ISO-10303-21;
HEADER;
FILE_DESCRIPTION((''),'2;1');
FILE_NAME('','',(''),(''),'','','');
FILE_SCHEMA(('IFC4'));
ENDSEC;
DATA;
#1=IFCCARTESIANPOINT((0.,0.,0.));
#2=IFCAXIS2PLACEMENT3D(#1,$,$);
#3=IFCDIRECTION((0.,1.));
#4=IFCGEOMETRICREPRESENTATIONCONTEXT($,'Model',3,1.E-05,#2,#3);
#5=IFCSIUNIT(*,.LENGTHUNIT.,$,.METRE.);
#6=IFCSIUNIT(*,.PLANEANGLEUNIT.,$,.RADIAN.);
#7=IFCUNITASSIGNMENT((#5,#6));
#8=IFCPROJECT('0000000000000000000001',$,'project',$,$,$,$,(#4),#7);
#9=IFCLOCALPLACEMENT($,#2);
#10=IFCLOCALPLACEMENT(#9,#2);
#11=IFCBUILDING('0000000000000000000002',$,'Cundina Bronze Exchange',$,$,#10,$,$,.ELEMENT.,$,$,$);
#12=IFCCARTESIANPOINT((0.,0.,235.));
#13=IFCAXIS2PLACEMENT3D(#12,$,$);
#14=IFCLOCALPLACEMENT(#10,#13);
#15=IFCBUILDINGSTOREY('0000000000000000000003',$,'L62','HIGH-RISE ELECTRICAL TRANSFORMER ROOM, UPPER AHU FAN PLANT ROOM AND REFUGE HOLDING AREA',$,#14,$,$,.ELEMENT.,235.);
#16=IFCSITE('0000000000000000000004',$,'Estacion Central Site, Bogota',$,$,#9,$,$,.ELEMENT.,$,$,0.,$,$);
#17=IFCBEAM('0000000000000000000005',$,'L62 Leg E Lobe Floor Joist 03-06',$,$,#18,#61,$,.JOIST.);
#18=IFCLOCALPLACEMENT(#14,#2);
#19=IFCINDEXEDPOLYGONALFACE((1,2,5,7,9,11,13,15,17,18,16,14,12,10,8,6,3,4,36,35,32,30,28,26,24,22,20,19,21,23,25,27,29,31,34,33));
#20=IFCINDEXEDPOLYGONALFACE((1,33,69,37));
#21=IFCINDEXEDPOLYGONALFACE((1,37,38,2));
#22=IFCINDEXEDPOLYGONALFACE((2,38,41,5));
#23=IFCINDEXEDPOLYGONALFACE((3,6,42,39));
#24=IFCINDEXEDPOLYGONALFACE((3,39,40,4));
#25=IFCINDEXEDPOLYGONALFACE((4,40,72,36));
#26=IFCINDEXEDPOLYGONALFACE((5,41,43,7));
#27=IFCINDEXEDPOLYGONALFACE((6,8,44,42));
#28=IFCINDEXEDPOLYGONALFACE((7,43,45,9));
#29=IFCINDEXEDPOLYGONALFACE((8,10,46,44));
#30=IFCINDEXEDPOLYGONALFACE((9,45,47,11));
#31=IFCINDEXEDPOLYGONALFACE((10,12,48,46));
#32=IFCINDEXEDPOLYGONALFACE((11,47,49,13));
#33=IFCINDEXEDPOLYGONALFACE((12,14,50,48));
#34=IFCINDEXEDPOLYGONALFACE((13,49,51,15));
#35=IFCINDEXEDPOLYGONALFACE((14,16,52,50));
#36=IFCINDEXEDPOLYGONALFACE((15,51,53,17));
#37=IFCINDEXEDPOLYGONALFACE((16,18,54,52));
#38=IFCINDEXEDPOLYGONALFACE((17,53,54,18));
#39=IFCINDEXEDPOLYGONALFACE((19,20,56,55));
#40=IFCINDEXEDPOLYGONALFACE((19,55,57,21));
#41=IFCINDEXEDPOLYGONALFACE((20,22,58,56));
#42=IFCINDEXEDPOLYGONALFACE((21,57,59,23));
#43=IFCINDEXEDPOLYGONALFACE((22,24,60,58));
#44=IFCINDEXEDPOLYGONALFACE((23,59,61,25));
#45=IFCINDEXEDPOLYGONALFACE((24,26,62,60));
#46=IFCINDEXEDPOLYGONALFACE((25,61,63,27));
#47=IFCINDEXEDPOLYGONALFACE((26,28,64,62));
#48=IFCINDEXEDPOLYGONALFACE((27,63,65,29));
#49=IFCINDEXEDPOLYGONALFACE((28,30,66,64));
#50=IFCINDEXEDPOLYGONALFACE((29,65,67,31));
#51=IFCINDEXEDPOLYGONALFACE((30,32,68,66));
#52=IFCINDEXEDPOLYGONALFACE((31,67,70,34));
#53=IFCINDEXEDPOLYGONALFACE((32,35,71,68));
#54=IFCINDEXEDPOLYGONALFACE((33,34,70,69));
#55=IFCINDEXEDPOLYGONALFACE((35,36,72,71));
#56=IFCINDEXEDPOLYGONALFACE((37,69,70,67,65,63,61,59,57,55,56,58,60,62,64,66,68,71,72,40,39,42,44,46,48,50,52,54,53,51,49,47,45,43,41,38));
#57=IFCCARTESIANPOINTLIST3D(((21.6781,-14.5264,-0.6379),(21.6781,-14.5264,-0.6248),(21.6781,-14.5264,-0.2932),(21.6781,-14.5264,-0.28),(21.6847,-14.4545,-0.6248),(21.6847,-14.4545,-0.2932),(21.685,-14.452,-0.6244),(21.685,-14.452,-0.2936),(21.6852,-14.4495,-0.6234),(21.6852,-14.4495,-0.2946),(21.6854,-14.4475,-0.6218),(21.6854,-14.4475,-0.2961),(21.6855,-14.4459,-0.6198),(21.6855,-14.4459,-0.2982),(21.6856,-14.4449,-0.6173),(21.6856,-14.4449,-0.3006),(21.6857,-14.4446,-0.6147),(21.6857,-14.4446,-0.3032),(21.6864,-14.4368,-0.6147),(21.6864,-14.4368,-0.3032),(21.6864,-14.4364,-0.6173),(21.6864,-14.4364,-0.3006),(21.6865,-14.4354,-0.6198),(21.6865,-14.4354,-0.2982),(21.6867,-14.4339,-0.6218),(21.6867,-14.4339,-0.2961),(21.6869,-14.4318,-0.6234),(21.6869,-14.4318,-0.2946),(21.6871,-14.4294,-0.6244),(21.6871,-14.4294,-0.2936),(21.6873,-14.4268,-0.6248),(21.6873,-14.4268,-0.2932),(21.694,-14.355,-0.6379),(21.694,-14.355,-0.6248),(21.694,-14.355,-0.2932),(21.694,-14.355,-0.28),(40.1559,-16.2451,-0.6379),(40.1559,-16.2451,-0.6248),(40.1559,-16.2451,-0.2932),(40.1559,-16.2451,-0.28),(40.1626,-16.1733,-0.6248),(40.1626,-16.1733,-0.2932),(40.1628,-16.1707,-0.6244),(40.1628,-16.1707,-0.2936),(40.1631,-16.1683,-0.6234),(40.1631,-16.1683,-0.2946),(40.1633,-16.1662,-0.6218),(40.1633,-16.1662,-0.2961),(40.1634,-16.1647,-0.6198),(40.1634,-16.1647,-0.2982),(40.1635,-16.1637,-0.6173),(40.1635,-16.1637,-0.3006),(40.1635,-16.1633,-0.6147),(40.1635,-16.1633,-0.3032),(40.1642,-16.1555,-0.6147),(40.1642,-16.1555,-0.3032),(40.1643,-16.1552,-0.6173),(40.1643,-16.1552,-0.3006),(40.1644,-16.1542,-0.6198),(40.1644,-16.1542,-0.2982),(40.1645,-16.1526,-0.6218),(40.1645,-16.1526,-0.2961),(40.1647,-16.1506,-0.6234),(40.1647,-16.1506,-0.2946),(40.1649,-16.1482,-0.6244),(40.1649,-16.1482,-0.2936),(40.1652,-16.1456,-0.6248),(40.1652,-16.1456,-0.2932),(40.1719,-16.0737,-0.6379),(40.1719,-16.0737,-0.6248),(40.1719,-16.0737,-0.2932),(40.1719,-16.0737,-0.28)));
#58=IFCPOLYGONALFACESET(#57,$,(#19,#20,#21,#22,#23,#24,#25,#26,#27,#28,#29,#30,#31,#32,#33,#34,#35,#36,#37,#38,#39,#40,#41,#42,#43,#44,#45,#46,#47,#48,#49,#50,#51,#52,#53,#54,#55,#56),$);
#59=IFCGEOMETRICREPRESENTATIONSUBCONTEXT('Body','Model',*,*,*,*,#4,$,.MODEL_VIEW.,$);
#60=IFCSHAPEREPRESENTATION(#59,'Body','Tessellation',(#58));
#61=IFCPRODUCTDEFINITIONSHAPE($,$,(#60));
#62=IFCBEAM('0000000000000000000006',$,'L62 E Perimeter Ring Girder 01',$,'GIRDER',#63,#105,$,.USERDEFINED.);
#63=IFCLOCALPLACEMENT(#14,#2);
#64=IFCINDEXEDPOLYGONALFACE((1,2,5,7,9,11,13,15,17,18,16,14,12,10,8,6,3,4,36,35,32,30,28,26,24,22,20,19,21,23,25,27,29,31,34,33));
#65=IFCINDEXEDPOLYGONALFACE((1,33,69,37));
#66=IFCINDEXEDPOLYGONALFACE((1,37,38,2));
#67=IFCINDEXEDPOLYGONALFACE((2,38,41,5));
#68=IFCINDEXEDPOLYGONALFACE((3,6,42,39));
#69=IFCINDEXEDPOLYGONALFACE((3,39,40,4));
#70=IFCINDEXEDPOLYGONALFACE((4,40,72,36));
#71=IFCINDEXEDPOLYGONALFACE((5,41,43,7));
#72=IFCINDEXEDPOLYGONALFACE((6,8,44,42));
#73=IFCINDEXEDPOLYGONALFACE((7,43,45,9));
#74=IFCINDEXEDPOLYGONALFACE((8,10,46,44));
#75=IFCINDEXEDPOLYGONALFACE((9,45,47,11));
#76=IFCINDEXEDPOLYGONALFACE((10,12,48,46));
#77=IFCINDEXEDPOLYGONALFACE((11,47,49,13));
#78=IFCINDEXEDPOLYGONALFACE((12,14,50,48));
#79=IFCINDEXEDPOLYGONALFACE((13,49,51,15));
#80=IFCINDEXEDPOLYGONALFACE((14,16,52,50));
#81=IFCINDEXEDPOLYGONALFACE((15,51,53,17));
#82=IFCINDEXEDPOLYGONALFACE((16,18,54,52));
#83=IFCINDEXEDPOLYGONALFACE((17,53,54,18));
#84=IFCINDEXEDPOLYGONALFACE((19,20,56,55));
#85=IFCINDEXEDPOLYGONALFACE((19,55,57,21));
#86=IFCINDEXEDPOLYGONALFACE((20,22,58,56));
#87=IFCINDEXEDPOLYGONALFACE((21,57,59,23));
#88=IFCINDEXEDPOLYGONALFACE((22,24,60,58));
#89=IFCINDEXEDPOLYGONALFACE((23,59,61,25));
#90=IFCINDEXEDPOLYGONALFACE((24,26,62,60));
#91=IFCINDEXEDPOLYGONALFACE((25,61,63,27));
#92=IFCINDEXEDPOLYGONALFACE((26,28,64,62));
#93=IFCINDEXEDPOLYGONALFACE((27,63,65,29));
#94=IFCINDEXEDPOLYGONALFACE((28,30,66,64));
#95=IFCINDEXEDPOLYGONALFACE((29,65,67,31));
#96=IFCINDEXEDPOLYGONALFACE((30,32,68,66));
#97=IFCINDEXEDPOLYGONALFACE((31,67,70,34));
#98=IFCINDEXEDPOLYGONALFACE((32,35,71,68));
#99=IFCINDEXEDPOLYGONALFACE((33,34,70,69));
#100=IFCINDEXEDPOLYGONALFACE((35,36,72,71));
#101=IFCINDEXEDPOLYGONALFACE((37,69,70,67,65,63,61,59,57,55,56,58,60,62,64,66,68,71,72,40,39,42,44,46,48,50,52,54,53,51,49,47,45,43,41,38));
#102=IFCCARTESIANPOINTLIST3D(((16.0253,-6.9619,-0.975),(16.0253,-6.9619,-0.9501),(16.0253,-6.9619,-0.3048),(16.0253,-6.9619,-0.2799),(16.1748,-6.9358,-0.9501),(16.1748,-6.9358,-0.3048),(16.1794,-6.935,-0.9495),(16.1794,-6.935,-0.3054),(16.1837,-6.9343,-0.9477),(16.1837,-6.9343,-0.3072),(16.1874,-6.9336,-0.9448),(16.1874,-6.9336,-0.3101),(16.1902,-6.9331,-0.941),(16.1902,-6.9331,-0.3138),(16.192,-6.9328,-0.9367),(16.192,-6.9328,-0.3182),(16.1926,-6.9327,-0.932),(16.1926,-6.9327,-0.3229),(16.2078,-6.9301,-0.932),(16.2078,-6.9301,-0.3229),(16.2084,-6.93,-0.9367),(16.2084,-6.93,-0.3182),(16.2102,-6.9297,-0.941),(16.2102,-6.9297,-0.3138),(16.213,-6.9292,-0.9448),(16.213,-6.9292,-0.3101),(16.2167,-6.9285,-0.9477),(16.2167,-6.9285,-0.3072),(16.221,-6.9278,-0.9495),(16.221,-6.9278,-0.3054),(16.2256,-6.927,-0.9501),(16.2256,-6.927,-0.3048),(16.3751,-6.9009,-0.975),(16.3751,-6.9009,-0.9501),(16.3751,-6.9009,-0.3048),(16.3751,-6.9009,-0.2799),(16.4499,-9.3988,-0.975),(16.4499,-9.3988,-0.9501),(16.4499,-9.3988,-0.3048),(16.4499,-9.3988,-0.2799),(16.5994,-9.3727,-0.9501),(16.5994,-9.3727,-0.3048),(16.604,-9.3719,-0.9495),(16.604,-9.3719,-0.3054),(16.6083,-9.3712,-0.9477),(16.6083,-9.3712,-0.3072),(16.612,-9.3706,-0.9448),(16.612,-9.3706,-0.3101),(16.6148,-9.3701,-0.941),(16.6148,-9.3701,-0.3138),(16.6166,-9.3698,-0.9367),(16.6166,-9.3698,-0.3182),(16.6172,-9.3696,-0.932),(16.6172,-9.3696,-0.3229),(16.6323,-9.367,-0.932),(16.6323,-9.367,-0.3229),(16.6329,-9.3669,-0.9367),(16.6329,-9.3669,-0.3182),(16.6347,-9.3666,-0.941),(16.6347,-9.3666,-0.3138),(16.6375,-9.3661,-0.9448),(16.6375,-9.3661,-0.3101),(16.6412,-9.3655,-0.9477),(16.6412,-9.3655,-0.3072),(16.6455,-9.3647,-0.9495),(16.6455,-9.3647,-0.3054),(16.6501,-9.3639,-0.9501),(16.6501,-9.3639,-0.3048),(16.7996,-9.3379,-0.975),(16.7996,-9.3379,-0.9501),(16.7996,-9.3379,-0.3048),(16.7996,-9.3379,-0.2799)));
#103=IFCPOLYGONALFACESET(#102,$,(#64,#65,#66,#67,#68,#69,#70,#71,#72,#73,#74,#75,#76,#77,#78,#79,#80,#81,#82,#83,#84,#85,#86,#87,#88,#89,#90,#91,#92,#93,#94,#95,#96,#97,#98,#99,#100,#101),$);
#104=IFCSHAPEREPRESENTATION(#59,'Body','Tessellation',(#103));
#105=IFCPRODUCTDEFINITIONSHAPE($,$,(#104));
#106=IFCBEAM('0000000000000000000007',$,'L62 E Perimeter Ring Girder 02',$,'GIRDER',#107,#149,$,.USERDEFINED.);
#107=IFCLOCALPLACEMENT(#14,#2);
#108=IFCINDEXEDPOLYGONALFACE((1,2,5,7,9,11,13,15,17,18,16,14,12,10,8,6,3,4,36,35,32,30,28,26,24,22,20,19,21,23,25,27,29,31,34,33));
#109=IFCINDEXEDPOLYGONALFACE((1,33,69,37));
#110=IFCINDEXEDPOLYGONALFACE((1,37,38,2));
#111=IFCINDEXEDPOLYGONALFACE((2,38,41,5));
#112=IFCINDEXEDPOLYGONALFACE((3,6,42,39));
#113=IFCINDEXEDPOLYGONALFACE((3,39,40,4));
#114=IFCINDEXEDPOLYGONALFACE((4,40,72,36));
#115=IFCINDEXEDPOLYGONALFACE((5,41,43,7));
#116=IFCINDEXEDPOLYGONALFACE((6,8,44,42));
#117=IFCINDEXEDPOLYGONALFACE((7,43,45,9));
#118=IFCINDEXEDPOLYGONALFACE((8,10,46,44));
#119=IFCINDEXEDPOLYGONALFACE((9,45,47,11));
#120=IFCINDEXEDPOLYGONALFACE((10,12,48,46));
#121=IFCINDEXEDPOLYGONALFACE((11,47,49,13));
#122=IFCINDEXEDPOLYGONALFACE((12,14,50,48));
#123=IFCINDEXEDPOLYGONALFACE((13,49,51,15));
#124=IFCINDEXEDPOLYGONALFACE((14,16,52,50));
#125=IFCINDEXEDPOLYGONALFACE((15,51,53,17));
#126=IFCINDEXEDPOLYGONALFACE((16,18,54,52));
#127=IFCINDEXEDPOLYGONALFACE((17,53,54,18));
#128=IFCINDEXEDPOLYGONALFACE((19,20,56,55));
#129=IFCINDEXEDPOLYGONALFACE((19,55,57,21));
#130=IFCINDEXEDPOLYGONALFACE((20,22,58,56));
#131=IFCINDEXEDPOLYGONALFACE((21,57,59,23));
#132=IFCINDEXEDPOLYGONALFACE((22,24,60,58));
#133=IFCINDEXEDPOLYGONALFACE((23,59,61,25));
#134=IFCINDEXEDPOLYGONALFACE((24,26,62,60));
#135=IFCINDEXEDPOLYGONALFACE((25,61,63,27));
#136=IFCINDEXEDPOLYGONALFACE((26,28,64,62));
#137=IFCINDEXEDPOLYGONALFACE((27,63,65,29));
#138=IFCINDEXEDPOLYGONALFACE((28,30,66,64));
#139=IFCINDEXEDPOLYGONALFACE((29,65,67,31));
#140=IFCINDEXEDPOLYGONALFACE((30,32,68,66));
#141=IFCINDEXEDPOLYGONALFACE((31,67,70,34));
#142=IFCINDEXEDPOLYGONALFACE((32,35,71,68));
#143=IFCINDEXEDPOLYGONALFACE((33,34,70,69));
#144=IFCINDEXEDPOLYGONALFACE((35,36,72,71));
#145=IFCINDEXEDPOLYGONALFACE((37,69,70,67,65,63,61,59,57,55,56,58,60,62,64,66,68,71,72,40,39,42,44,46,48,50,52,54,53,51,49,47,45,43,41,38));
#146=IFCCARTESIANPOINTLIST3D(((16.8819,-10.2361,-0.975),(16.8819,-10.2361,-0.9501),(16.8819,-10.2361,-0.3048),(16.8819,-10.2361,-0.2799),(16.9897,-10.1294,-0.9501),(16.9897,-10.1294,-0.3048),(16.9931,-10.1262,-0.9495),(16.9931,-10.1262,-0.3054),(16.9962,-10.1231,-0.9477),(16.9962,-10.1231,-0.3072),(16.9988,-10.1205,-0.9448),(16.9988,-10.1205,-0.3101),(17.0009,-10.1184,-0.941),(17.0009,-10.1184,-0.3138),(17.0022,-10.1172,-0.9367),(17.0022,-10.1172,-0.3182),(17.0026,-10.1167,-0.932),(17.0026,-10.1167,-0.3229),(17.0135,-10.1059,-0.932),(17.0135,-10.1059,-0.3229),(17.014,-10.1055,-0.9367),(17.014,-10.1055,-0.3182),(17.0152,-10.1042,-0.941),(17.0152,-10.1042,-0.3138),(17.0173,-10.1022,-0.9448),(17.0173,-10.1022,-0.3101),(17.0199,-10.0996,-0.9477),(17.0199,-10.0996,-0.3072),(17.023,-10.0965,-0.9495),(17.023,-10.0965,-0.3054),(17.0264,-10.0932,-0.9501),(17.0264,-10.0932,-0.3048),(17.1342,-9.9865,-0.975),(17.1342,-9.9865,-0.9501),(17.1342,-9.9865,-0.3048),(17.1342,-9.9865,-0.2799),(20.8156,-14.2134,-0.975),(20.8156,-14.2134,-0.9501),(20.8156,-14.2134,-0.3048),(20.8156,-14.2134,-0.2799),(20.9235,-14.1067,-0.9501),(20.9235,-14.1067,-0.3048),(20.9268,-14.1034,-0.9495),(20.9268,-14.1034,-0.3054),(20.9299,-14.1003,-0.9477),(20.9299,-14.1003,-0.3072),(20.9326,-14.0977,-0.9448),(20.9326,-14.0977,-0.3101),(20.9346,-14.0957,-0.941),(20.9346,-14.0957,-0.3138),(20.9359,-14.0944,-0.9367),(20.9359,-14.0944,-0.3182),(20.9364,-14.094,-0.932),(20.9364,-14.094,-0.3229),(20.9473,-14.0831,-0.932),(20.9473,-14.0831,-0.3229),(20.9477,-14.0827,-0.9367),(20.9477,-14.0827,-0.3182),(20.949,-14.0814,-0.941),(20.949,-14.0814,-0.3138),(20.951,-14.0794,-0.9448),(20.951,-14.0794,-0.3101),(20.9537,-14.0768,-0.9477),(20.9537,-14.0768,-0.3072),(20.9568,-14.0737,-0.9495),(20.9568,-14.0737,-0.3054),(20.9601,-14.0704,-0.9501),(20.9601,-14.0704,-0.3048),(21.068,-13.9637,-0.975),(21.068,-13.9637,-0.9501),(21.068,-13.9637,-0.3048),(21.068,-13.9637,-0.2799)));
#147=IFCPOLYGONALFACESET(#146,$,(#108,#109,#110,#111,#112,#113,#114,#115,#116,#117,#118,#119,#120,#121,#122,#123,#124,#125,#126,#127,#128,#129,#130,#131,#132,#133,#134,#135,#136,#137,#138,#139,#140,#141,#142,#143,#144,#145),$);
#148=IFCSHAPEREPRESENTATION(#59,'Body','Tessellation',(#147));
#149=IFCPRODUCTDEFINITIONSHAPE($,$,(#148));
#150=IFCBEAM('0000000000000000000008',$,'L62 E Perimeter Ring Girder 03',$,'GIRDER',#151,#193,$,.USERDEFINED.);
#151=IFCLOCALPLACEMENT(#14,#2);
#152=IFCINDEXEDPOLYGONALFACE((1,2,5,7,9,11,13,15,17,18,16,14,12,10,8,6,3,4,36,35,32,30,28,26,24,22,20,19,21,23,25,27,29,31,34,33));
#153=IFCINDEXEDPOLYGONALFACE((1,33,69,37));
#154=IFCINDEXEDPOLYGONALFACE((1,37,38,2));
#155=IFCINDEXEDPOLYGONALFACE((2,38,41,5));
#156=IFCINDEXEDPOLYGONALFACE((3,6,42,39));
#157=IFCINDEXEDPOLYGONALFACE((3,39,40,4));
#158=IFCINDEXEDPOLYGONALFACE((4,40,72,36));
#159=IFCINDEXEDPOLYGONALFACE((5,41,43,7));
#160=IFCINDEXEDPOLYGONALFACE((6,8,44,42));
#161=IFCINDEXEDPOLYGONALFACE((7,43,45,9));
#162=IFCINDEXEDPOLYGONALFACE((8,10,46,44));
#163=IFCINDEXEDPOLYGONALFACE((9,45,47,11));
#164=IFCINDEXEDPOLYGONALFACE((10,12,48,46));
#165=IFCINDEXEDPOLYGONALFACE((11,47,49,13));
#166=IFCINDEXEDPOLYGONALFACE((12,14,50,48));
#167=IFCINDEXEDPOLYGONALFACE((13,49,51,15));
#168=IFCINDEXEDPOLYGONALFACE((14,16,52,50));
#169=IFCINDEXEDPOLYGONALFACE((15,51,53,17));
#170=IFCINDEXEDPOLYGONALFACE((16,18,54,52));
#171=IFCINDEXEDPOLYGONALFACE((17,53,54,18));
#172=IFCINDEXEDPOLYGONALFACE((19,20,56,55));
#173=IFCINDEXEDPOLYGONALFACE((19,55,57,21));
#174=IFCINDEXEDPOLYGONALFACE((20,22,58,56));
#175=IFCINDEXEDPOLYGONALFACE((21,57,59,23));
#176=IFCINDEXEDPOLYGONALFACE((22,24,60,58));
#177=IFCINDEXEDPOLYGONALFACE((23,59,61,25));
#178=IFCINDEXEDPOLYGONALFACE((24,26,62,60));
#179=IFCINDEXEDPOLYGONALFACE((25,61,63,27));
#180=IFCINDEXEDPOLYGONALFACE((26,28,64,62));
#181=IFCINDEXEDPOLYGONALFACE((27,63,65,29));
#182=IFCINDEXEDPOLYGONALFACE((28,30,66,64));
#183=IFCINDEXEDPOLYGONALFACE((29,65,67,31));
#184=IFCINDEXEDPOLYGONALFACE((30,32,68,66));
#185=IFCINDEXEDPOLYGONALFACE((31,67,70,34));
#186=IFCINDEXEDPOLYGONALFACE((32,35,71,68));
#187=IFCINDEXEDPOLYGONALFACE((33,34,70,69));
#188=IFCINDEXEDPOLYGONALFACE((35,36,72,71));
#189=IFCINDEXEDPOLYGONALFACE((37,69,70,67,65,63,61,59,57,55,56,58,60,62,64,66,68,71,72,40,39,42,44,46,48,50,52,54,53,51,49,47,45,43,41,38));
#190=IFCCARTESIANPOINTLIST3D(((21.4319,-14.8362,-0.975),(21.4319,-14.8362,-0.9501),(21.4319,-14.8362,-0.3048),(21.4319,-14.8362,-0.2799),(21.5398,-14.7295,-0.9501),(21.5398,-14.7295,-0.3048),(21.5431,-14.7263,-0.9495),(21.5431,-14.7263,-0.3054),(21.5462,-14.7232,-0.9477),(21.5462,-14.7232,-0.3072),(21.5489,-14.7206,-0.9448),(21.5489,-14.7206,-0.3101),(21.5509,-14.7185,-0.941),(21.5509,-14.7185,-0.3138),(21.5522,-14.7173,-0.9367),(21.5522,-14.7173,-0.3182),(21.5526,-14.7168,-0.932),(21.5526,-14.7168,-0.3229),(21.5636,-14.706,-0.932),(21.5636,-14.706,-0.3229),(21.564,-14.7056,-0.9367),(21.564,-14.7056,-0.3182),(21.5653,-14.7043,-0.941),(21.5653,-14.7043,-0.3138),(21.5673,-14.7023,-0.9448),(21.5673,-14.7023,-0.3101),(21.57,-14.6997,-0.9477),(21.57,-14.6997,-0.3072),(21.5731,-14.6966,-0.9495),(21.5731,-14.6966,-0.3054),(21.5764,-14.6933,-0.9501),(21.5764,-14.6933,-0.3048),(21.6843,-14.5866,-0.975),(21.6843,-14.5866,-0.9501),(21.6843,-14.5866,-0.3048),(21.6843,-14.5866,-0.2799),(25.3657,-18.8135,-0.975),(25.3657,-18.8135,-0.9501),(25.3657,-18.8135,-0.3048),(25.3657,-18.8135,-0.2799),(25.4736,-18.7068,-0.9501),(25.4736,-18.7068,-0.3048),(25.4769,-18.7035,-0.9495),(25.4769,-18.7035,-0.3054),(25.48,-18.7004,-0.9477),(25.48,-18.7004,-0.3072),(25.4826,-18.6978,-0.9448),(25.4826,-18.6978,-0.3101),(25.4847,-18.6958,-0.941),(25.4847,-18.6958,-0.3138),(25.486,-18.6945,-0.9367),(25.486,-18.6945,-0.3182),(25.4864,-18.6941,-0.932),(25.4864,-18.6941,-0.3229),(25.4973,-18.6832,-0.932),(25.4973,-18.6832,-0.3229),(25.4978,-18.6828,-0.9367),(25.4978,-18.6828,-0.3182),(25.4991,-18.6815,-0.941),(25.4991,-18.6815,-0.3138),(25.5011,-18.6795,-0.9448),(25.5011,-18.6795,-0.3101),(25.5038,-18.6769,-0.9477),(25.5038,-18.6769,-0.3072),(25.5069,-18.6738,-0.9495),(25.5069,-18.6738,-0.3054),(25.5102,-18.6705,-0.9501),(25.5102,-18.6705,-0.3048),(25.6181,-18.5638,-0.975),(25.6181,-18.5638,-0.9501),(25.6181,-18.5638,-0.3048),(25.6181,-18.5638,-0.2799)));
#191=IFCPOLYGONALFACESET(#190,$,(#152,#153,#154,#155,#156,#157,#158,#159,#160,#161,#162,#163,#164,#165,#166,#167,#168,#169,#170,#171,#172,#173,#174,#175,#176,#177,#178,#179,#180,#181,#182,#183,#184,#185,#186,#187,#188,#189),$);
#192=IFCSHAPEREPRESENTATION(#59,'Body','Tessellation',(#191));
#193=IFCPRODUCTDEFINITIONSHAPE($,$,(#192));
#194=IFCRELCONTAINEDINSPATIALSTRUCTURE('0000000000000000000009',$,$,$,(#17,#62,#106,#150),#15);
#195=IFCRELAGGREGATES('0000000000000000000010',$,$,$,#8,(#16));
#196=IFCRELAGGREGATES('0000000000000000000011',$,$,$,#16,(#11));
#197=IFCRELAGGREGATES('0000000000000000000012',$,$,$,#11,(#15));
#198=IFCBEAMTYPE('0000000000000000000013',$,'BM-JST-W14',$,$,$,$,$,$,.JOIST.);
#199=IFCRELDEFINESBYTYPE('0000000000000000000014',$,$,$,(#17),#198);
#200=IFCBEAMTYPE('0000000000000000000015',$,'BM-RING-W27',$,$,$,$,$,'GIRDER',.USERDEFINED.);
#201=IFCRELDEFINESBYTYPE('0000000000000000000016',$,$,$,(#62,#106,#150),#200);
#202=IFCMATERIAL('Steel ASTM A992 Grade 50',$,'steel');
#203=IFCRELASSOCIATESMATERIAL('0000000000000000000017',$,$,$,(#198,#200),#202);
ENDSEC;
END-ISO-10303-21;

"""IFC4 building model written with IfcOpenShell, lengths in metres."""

from ifc_helpers import new_model, si_unit, direction, frame, origin, origin_2d, place, context, subcontext, project, spatial, i_section, extrude, material, material_profile, profile_set, type_object, element, save


model = new_model("IFC4")

# Units and contexts
model_context = context("Model", 3, precision=1e-05, world=origin(), true_north=direction((0.0, 1.0)))
body_context = subcontext(model_context, "Body", "Model", "MODEL_VIEW")
ifc_project = project(units=[si_unit("LENGTHUNIT", "METRE"), si_unit("PLANEANGLEUNIT", "RADIAN")], contexts=[model_context])

# Site, building, storey
site_placement = place(None, origin())
site = spatial("IfcSite", under=ifc_project, at=site_placement, Name="Estacion Central Site, Bogota", CompositionType="ELEMENT", RefElevation=0.0)
building_placement = place(site_placement, origin())
building = spatial("IfcBuilding", under=site, at=building_placement, Name="Cundina Bronze Exchange", CompositionType="ELEMENT")
storey_placement = place(building_placement, frame((0.0, 0.0, 235.0)))
storey = spatial("IfcBuildingStorey", under=building, at=storey_placement, Name="L62", Description="HIGH-RISE ELECTRICAL TRANSFORMER ROOM, UPPER AHU FAN PLANT ROOM AND REFUGE HOLDING AREA", CompositionType="ELEMENT", Elevation=235.0)

# Shared definitions
ifc_material_1 = material(Name="Steel ASTM A992 Grade 50", Category="steel")

# Beams
ifc_material_profile_1 = material_profile(ifc_material_1, i_section(OverallWidth=0.1721, OverallDepth=0.3579, WebThickness=0.0078, FlangeThickness=0.0132, FilletRadius=0.01, at=origin_2d()), Name="W14X38", Category="steel")
ifc_profile_set_1 = profile_set([ifc_material_profile_1], Name="Steel ASTM A992 Grade 50")
beam_type_1 = type_object("IfcBeamType", Name="BM-JST-W14", PredefinedType="JOIST", material=ifc_profile_set_1)
beam_1_placement = place(storey_placement, frame((21.686, -14.4407, -0.459), z_axis=(0.995702, -0.092617, 0.0), x_axis=(0.092617, 0.995702, 0.0)))
element("IfcBeam", 1, at=beam_1_placement, inside=storey, type_object=beam_type_1, Name="L62 Leg E Lobe Floor Joist 03-06", PredefinedType="JOIST", context=body_context, shape_type="SweptSolid", body=[
    extrude(i_section(OverallWidth=0.1721, OverallDepth=0.3579, WebThickness=0.0078, FlangeThickness=0.0132, FilletRadius=0.01, at=origin_2d()), origin(), (0.0, 0.0, 1.0), 18.5576),
])
ifc_material_profile_2 = material_profile(ifc_material_1, i_section(OverallWidth=0.355, OverallDepth=0.6951, WebThickness=0.0154, FlangeThickness=0.0249, FilletRadius=0.0181, at=origin_2d()), Name="W27X146", Category="steel")
ifc_profile_set_2 = profile_set([ifc_material_profile_2], Name="Steel ASTM A992 Grade 50")
beam_type_2 = type_object("IfcBeamType", Name="BM-RING-W27", ElementType="GIRDER", PredefinedType="USERDEFINED", material=ifc_profile_set_2)
beam_2_placement = place(storey_placement, frame((16.2002, -6.9314, -0.6274), z_axis=(0.171629, -0.985162, 0.0), x_axis=(0.985162, 0.171629, 0.0)))
element("IfcBeam", 2, at=beam_2_placement, inside=storey, type_object=beam_type_2, Name="L62 E Perimeter Ring Girder 01", ObjectType="GIRDER", PredefinedType="USERDEFINED", context=body_context, shape_type="SweptSolid", body=[
    extrude(i_section(OverallWidth=0.355, OverallDepth=0.6951, WebThickness=0.0154, FlangeThickness=0.0249, FilletRadius=0.0181, at=origin_2d()), origin(), (0.0, 0.0, 1.0), 2.4736),
])
for number, where, z_axis, x_axis, name in (
    (3, (17.0081, -10.1113, -0.6274), (0.703212, -0.71098, 0.0), (0.71098, 0.703212, 0.0), "L62 E Perimeter Ring Girder 02"),
    (4, (21.5581, -14.7114, -0.6274), (0.703212, -0.71098, 0.0), (0.71098, 0.703212, 0.0), "L62 E Perimeter Ring Girder 03"),
):
    element("IfcBeam", number, at=place(storey_placement, frame(where, z_axis=z_axis, x_axis=x_axis)), inside=storey, type_object=beam_type_2, Name=name, ObjectType="GIRDER", PredefinedType="USERDEFINED", context=body_context, shape_type="SweptSolid", body=[
        extrude(i_section(OverallWidth=0.355, OverallDepth=0.6951, WebThickness=0.0154, FlangeThickness=0.0249, FilletRadius=0.0181, at=origin_2d()), origin(), (0.0, 0.0, 1.0), 5.594),
    ])

save(model, "model.ifc")
